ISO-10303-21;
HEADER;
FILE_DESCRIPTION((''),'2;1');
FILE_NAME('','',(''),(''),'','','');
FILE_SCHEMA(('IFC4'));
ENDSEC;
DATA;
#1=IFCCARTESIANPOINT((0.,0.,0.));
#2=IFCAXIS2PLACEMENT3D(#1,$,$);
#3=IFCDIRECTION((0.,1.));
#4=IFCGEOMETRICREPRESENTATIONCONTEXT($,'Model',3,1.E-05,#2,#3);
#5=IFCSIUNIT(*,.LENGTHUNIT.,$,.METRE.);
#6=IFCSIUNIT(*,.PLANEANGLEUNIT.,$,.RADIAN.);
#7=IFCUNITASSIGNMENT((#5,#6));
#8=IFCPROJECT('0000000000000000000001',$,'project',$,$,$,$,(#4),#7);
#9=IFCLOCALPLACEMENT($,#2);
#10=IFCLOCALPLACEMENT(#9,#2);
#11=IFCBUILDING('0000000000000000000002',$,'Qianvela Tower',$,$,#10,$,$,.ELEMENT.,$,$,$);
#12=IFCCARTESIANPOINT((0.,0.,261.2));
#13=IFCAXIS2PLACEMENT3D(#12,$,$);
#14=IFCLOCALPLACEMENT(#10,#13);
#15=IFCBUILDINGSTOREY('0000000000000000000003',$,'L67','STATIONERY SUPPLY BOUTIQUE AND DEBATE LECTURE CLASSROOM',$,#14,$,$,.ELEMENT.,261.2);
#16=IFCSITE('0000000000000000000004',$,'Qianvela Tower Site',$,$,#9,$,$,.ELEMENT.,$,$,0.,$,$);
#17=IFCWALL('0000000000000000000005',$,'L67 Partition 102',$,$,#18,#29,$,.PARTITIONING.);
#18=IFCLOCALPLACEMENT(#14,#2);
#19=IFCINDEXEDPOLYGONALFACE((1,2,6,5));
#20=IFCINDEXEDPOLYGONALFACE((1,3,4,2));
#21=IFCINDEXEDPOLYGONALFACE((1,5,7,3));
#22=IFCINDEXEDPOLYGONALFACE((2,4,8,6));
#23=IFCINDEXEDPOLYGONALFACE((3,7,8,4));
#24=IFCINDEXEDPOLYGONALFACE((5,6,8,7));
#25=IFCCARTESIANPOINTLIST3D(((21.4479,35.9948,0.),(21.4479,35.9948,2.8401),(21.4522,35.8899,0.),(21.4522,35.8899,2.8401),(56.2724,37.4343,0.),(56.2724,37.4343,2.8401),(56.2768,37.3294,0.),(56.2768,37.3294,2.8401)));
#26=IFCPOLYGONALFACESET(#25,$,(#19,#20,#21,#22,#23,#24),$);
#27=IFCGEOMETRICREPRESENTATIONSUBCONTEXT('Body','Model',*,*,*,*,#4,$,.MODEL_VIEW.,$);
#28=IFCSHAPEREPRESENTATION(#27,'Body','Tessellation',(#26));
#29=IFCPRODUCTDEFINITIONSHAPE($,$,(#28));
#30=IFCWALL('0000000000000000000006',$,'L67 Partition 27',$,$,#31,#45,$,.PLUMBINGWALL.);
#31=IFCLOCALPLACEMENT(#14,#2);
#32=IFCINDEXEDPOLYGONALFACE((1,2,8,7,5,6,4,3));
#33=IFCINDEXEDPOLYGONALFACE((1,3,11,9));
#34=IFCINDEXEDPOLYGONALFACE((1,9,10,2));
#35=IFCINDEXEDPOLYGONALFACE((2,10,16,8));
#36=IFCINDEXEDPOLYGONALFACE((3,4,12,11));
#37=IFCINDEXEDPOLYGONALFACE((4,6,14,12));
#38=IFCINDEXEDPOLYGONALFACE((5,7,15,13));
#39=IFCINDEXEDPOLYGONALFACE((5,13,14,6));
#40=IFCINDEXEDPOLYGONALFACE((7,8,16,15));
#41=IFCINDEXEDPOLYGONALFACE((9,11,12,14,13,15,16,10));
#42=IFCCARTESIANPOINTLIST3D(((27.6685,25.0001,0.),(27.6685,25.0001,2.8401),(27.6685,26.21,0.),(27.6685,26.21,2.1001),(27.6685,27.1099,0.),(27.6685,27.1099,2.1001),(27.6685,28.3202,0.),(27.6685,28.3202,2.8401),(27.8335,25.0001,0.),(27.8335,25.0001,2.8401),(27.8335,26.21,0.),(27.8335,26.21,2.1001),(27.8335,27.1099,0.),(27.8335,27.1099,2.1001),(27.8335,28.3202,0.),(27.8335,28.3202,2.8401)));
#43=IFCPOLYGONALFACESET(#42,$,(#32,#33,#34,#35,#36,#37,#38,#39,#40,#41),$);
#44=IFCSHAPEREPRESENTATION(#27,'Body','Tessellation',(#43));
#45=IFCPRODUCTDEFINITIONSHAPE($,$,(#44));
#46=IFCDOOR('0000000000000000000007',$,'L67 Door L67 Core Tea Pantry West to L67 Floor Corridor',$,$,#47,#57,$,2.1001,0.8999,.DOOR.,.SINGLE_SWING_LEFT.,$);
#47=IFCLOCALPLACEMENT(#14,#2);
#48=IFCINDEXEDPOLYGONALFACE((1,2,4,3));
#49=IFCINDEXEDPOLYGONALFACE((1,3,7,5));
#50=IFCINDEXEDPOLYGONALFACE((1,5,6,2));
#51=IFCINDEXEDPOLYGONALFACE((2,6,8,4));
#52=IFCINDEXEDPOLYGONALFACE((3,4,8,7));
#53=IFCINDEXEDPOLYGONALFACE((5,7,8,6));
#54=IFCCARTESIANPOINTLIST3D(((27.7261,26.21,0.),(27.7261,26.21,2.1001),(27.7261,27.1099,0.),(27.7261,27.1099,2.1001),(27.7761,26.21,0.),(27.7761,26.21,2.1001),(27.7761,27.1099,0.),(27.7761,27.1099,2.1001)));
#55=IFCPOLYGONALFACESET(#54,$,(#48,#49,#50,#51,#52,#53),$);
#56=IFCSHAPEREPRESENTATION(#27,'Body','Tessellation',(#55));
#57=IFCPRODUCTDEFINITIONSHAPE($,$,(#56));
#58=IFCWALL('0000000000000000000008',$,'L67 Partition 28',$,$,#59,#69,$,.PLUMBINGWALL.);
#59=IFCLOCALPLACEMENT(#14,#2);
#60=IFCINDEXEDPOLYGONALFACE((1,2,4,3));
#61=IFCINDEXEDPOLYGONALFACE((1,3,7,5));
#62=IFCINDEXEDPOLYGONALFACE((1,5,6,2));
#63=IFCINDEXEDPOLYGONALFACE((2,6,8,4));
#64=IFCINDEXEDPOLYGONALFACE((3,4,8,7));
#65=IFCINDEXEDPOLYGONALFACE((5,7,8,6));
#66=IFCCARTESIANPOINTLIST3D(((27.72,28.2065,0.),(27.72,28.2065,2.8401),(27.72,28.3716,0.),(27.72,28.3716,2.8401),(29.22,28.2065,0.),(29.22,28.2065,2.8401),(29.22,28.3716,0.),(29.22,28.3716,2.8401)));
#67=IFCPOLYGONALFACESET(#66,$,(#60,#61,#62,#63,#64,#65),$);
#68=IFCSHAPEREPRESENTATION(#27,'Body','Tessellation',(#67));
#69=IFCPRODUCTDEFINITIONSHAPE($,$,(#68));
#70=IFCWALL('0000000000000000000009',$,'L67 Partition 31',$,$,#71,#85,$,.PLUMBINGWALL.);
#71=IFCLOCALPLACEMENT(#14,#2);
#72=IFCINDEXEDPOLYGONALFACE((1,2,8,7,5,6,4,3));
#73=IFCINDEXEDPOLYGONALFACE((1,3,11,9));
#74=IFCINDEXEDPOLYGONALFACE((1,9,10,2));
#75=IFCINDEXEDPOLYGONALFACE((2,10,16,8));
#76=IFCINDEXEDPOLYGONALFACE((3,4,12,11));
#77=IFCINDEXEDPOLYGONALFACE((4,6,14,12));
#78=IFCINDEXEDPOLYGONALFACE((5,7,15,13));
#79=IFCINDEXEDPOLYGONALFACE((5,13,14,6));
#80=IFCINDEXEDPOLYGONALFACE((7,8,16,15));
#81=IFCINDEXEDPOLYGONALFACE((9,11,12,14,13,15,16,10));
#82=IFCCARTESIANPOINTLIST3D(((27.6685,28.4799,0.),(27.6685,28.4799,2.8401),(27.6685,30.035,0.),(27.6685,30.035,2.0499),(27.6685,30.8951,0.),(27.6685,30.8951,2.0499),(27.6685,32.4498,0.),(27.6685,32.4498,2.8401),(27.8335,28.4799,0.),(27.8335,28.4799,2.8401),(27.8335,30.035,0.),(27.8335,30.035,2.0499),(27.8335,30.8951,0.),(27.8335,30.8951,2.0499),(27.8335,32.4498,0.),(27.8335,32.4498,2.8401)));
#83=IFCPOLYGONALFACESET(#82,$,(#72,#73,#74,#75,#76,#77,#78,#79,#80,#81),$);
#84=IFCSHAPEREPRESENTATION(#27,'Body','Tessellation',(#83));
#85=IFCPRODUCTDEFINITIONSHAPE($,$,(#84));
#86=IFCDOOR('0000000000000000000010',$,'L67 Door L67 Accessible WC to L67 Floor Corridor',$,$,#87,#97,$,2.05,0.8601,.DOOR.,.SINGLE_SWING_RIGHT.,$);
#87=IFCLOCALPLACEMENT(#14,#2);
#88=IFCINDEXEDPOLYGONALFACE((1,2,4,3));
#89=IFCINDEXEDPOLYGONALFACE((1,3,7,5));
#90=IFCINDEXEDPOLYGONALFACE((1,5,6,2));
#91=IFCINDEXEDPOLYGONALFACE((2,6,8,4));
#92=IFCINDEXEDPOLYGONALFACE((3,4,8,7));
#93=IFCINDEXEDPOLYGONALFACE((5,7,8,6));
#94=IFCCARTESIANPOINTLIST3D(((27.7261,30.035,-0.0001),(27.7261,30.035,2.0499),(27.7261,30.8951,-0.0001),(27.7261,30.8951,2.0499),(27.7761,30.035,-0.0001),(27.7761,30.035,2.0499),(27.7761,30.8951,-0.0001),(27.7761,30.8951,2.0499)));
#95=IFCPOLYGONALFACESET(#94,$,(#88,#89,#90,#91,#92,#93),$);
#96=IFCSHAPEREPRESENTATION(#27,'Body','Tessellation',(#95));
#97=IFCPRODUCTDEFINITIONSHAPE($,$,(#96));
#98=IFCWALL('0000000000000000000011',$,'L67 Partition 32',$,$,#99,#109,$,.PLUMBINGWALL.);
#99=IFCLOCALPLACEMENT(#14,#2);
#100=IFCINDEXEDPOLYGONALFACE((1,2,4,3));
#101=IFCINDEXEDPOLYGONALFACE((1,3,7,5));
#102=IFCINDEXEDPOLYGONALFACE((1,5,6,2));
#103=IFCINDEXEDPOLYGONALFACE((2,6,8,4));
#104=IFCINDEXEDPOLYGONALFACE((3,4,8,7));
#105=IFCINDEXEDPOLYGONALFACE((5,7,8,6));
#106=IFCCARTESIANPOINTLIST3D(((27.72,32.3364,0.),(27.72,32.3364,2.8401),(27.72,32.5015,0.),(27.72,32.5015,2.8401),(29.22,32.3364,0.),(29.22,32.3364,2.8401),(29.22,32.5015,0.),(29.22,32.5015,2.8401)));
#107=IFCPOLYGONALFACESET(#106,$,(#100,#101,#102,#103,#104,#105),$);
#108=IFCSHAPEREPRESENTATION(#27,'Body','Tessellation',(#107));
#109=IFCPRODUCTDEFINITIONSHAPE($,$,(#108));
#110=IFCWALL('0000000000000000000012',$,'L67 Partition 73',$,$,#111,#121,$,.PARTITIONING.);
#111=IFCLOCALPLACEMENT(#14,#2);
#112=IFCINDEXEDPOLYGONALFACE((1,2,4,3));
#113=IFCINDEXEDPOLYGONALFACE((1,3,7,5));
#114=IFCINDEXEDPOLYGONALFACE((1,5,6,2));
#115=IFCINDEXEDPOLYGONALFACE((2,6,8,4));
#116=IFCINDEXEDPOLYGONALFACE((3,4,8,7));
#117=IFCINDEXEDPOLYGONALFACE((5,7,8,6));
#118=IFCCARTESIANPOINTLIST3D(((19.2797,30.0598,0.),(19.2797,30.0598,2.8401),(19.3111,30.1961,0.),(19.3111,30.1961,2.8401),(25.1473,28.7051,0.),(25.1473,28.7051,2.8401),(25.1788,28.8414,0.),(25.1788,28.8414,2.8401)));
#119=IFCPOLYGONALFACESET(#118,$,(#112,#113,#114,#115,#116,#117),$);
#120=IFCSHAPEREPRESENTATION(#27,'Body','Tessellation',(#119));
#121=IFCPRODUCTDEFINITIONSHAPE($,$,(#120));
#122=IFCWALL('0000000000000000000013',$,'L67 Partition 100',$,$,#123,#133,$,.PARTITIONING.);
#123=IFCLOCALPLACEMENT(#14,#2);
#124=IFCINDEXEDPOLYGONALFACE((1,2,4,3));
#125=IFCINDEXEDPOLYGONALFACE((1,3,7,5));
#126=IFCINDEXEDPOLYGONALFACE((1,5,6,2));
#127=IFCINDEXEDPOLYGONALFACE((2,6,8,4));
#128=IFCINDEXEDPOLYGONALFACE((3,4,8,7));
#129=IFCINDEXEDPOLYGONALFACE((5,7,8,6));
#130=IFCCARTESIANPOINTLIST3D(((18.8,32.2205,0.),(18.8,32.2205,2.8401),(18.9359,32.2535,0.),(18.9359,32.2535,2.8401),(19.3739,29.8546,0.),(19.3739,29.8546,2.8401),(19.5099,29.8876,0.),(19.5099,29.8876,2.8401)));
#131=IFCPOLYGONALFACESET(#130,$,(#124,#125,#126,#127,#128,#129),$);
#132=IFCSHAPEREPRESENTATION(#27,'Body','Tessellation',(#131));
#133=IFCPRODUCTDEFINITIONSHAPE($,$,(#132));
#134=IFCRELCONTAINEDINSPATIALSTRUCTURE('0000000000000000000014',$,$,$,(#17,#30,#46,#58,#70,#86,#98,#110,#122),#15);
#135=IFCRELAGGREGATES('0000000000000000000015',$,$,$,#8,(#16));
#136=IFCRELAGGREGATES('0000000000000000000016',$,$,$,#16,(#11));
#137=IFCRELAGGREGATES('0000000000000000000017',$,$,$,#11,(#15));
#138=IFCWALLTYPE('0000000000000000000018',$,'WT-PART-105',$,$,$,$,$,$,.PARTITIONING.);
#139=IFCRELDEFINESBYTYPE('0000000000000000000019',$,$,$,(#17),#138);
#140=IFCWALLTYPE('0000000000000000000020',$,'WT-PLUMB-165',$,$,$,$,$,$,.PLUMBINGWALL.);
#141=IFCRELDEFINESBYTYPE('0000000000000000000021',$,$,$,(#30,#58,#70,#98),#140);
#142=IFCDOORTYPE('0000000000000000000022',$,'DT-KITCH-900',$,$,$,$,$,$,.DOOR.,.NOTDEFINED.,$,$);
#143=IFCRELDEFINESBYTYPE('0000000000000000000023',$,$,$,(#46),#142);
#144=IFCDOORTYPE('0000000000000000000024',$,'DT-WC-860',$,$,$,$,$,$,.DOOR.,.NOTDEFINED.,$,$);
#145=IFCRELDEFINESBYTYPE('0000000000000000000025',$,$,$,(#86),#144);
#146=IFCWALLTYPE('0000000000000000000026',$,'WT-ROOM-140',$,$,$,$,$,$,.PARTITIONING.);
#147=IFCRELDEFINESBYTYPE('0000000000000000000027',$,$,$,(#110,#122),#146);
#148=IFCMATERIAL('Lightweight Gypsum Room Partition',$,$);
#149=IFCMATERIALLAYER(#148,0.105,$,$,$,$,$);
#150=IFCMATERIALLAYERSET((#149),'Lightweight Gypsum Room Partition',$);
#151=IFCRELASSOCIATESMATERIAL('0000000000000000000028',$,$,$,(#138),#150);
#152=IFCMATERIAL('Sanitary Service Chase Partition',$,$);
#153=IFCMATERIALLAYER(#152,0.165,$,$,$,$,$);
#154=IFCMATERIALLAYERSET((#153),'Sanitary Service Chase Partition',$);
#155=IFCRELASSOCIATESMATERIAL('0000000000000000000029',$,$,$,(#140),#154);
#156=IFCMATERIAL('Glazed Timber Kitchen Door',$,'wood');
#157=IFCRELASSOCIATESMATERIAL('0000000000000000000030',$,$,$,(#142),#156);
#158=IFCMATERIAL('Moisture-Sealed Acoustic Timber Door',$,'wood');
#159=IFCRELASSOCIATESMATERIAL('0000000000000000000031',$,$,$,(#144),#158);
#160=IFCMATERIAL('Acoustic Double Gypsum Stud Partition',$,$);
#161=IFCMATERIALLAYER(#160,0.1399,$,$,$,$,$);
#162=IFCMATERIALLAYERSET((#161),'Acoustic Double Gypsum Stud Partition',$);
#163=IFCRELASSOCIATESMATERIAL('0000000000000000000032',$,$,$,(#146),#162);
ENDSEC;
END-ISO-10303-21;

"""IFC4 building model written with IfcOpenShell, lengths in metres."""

from ifc_helpers import new_model, si_unit, direction, frame, frame_2d, origin, place, context, subcontext, project, spatial, rectangle, extrude, material, layer, layer_set, type_object, element, fill, save


model = new_model("IFC4")

# Units and contexts
model_context = context("Model", 3, precision=1e-05, world=origin(), true_north=direction((0.0, 1.0)))
body_context = subcontext(model_context, "Body", "Model", "MODEL_VIEW")
ifc_project = project(units=[si_unit("LENGTHUNIT", "METRE"), si_unit("PLANEANGLEUNIT", "RADIAN")], contexts=[model_context])

# Site, building, storey
site_placement = place(None, origin())
site = spatial("IfcSite", under=ifc_project, at=site_placement, Name="Qianvela Tower Site", CompositionType="ELEMENT", RefElevation=0.0)
building_placement = place(site_placement, origin())
building = spatial("IfcBuilding", under=site, at=building_placement, Name="Qianvela Tower", CompositionType="ELEMENT")
storey_placement = place(building_placement, frame((0.0, 0.0, 261.2)))
storey = spatial("IfcBuildingStorey", under=building, at=storey_placement, Name="L67", Description="STATIONERY SUPPLY BOUTIQUE AND DEBATE LECTURE CLASSROOM", CompositionType="ELEMENT", Elevation=261.2)

# Wall
ifc_material_1 = material(Name="Lightweight Gypsum Room Partition")
ifc_layer_1 = layer(ifc_material_1, 0.105)
ifc_layer_set_1 = layer_set([ifc_layer_1], Name="Lightweight Gypsum Room Partition")
wall_type_1 = type_object("IfcWallType", Name="WT-PART-105", PredefinedType="PARTITIONING", material=ifc_layer_set_1)
wall_1_placement = place(storey_placement, frame((21.45, 35.9424, 0.0), z_axis=(0.0, 0.0, 1.0), x_axis=(0.999147, 0.041299, 0.0)))
element("IfcWall", 1, at=wall_1_placement, inside=storey, type_object=wall_type_1, Name="L67 Partition 102", PredefinedType="PARTITIONING", context=body_context, shape_type="SweptSolid", body=[
    extrude(rectangle(XDim=34.8542, YDim=0.105, at=frame_2d((17.4272, 0.0))), origin(), (0.0, 0.0, 1.0), 2.8401),
])

# Wall, opening, door
ifc_material_2 = material(Name="Sanitary Service Chase Partition")
ifc_layer_2 = layer(ifc_material_2, 0.165)
ifc_layer_set_2 = layer_set([ifc_layer_2], Name="Sanitary Service Chase Partition")
wall_type_2 = type_object("IfcWallType", Name="WT-PLUMB-165", PredefinedType="PLUMBINGWALL", material=ifc_layer_set_2)
wall_2_placement = place(storey_placement, frame((27.751, 25.0, 0.0), z_axis=(0.0, 0.0, 1.0), x_axis=(0.0, 1.0, 0.0)))
wall_2 = element("IfcWall", 2, at=wall_2_placement, inside=storey, type_object=wall_type_2, Name="L67 Partition 27", PredefinedType="PLUMBINGWALL", context=body_context, shape_type="SweptSolid", body=[
    extrude(rectangle(XDim=3.3201, YDim=0.165, at=frame_2d((1.6602, 0.0))), origin(), (0.0, 0.0, 1.0), 2.8401),
])
opening_1_placement = place(wall_2_placement, frame((1.21, 0.0, 0.0)))
opening_1 = element("IfcOpeningElement", 3, at=opening_1_placement, cuts=wall_2, PredefinedType="OPENING", context=body_context, shape_type="SweptSolid", body=[
    extrude(rectangle(XDim=0.8999, YDim=2.1001, at=frame_2d((0.45, 1.05))), frame((0.0, 0.0925, 0.0), z_axis=(0.0, -1.0, 0.0), x_axis=(1.0, 0.0, 0.0)), (0.0, 0.0, 1.0), 0.1851),
])
ifc_material_3 = material(Name="Glazed Timber Kitchen Door", Category="wood")
door_type_1 = type_object("IfcDoorType", Name="DT-KITCH-900", OperationType="NOTDEFINED", PredefinedType="DOOR", material=ifc_material_3)
door_1_placement = place(opening_1_placement, origin())
door_1 = element("IfcDoor", 4, at=door_1_placement, inside=storey, type_object=door_type_1, Name="L67 Door L67 Core Tea Pantry West to L67 Floor Corridor", OperationType="SINGLE_SWING_LEFT", OverallHeight=2.1001, OverallWidth=0.8999, PredefinedType="DOOR", context=body_context, shape_type="SweptSolid", body=[
    extrude(rectangle(XDim=0.8999, YDim=2.1001, at=frame_2d((0.45, 1.05))), frame((0.0, 0.0249, 0.0), z_axis=(0.0, -1.0, 0.0), x_axis=(1.0, 0.0, 0.0)), (0.0, 0.0, 1.0), 0.05),
])
fill(opening_1, door_1)

# Wall
wall_3_placement = place(storey_placement, frame((27.72, 28.2891, 0.0), z_axis=(0.0, 0.0, 1.0), x_axis=(1.0, 0.0, 0.0)))
element("IfcWall", 5, at=wall_3_placement, inside=storey, type_object=wall_type_2, Name="L67 Partition 28", PredefinedType="PLUMBINGWALL", context=body_context, shape_type="SweptSolid", body=[
    extrude(rectangle(XDim=1.5, YDim=0.165, at=frame_2d((0.75, 0.0))), origin(), (0.0, 0.0, 1.0), 2.8401),
])

# Wall, opening, door
wall_4_placement = place(storey_placement, frame((27.751, 28.48, 0.0), z_axis=(0.0, 0.0, 1.0), x_axis=(0.0, 1.0, 0.0)))
wall_4 = element("IfcWall", 6, at=wall_4_placement, inside=storey, type_object=wall_type_2, Name="L67 Partition 31", PredefinedType="PLUMBINGWALL", context=body_context, shape_type="SweptSolid", body=[
    extrude(rectangle(XDim=3.97, YDim=0.165, at=frame_2d((1.9849, 0.0))), origin(), (0.0, 0.0, 1.0), 2.8401),
])
opening_2_placement = place(wall_4_placement, frame((1.5549, 0.0, 0.0)))
opening_2 = element("IfcOpeningElement", 7, at=opening_2_placement, cuts=wall_4, PredefinedType="OPENING", context=body_context, shape_type="SweptSolid", body=[
    extrude(rectangle(XDim=0.8601, YDim=2.05, at=frame_2d((0.4302, 1.0249))), frame((0.0, 0.0925, 0.0), z_axis=(0.0, -1.0, 0.0), x_axis=(1.0, 0.0, 0.0)), (0.0, 0.0, 1.0), 0.1851),
])
ifc_material_4 = material(Name="Moisture-Sealed Acoustic Timber Door", Category="wood")
door_type_2 = type_object("IfcDoorType", Name="DT-WC-860", OperationType="NOTDEFINED", PredefinedType="DOOR", material=ifc_material_4)
door_2_placement = place(opening_2_placement, origin())
door_2 = element("IfcDoor", 8, at=door_2_placement, inside=storey, type_object=door_type_2, Name="L67 Door L67 Accessible WC to L67 Floor Corridor", OperationType="SINGLE_SWING_RIGHT", OverallHeight=2.05, OverallWidth=0.8601, PredefinedType="DOOR", context=body_context, shape_type="SweptSolid", body=[
    extrude(rectangle(XDim=0.8601, YDim=2.05, at=frame_2d((0.4302, 1.0249))), frame((0.0, 0.0249, 0.0), z_axis=(0.0, -1.0, 0.0), x_axis=(1.0, 0.0, 0.0)), (0.0, 0.0, 1.0), 0.05),
])
fill(opening_2, door_2)

# Walls
wall_5_placement = place(storey_placement, frame((27.72, 32.4189, 0.0), z_axis=(0.0, 0.0, 1.0), x_axis=(1.0, 0.0, 0.0)))
element("IfcWall", 9, at=wall_5_placement, inside=storey, type_object=wall_type_2, Name="L67 Partition 32", PredefinedType="PLUMBINGWALL", context=body_context, shape_type="SweptSolid", body=[
    extrude(rectangle(XDim=1.5, YDim=0.165, at=frame_2d((0.75, 0.0))), origin(), (0.0, 0.0, 1.0), 2.8401),
])
ifc_material_5 = material(Name="Acoustic Double Gypsum Stud Partition")
ifc_layer_3 = layer(ifc_material_5, 0.1399)
ifc_layer_set_3 = layer_set([ifc_layer_3], Name="Acoustic Double Gypsum Stud Partition")
wall_type_3 = type_object("IfcWallType", Name="WT-ROOM-140", PredefinedType="PARTITIONING", material=ifc_layer_set_3)
wall_6_placement = place(storey_placement, frame((19.2954, 30.1279, 0.0), z_axis=(0.0, 0.0, 1.0), x_axis=(0.974367, -0.224963, 0.0)))
element("IfcWall", 10, at=wall_6_placement, inside=storey, type_object=wall_type_3, Name="L67 Partition 73", PredefinedType="PARTITIONING", context=body_context, shape_type="SweptSolid", body=[
    extrude(rectangle(XDim=6.022, YDim=0.1399, at=frame_2d((3.011, 0.0))), origin(), (0.0, 0.0, 1.0), 2.8401),
])
wall_7_placement = place(storey_placement, frame((19.4419, 29.8711, 0.0), z_axis=(0.0, 0.0, 1.0), x_axis=(-0.235758, 0.971812, 0.0)))
element("IfcWall", 11, at=wall_7_placement, inside=storey, type_object=wall_type_3, Name="L67 Partition 100", PredefinedType="PARTITIONING", context=body_context, shape_type="SweptSolid", body=[
    extrude(rectangle(XDim=2.4346, YDim=0.1399, at=frame_2d((1.2173, 0.0))), origin(), (0.0, 0.0, 1.0), 2.8401),
])

save(model, "model.ifc")
